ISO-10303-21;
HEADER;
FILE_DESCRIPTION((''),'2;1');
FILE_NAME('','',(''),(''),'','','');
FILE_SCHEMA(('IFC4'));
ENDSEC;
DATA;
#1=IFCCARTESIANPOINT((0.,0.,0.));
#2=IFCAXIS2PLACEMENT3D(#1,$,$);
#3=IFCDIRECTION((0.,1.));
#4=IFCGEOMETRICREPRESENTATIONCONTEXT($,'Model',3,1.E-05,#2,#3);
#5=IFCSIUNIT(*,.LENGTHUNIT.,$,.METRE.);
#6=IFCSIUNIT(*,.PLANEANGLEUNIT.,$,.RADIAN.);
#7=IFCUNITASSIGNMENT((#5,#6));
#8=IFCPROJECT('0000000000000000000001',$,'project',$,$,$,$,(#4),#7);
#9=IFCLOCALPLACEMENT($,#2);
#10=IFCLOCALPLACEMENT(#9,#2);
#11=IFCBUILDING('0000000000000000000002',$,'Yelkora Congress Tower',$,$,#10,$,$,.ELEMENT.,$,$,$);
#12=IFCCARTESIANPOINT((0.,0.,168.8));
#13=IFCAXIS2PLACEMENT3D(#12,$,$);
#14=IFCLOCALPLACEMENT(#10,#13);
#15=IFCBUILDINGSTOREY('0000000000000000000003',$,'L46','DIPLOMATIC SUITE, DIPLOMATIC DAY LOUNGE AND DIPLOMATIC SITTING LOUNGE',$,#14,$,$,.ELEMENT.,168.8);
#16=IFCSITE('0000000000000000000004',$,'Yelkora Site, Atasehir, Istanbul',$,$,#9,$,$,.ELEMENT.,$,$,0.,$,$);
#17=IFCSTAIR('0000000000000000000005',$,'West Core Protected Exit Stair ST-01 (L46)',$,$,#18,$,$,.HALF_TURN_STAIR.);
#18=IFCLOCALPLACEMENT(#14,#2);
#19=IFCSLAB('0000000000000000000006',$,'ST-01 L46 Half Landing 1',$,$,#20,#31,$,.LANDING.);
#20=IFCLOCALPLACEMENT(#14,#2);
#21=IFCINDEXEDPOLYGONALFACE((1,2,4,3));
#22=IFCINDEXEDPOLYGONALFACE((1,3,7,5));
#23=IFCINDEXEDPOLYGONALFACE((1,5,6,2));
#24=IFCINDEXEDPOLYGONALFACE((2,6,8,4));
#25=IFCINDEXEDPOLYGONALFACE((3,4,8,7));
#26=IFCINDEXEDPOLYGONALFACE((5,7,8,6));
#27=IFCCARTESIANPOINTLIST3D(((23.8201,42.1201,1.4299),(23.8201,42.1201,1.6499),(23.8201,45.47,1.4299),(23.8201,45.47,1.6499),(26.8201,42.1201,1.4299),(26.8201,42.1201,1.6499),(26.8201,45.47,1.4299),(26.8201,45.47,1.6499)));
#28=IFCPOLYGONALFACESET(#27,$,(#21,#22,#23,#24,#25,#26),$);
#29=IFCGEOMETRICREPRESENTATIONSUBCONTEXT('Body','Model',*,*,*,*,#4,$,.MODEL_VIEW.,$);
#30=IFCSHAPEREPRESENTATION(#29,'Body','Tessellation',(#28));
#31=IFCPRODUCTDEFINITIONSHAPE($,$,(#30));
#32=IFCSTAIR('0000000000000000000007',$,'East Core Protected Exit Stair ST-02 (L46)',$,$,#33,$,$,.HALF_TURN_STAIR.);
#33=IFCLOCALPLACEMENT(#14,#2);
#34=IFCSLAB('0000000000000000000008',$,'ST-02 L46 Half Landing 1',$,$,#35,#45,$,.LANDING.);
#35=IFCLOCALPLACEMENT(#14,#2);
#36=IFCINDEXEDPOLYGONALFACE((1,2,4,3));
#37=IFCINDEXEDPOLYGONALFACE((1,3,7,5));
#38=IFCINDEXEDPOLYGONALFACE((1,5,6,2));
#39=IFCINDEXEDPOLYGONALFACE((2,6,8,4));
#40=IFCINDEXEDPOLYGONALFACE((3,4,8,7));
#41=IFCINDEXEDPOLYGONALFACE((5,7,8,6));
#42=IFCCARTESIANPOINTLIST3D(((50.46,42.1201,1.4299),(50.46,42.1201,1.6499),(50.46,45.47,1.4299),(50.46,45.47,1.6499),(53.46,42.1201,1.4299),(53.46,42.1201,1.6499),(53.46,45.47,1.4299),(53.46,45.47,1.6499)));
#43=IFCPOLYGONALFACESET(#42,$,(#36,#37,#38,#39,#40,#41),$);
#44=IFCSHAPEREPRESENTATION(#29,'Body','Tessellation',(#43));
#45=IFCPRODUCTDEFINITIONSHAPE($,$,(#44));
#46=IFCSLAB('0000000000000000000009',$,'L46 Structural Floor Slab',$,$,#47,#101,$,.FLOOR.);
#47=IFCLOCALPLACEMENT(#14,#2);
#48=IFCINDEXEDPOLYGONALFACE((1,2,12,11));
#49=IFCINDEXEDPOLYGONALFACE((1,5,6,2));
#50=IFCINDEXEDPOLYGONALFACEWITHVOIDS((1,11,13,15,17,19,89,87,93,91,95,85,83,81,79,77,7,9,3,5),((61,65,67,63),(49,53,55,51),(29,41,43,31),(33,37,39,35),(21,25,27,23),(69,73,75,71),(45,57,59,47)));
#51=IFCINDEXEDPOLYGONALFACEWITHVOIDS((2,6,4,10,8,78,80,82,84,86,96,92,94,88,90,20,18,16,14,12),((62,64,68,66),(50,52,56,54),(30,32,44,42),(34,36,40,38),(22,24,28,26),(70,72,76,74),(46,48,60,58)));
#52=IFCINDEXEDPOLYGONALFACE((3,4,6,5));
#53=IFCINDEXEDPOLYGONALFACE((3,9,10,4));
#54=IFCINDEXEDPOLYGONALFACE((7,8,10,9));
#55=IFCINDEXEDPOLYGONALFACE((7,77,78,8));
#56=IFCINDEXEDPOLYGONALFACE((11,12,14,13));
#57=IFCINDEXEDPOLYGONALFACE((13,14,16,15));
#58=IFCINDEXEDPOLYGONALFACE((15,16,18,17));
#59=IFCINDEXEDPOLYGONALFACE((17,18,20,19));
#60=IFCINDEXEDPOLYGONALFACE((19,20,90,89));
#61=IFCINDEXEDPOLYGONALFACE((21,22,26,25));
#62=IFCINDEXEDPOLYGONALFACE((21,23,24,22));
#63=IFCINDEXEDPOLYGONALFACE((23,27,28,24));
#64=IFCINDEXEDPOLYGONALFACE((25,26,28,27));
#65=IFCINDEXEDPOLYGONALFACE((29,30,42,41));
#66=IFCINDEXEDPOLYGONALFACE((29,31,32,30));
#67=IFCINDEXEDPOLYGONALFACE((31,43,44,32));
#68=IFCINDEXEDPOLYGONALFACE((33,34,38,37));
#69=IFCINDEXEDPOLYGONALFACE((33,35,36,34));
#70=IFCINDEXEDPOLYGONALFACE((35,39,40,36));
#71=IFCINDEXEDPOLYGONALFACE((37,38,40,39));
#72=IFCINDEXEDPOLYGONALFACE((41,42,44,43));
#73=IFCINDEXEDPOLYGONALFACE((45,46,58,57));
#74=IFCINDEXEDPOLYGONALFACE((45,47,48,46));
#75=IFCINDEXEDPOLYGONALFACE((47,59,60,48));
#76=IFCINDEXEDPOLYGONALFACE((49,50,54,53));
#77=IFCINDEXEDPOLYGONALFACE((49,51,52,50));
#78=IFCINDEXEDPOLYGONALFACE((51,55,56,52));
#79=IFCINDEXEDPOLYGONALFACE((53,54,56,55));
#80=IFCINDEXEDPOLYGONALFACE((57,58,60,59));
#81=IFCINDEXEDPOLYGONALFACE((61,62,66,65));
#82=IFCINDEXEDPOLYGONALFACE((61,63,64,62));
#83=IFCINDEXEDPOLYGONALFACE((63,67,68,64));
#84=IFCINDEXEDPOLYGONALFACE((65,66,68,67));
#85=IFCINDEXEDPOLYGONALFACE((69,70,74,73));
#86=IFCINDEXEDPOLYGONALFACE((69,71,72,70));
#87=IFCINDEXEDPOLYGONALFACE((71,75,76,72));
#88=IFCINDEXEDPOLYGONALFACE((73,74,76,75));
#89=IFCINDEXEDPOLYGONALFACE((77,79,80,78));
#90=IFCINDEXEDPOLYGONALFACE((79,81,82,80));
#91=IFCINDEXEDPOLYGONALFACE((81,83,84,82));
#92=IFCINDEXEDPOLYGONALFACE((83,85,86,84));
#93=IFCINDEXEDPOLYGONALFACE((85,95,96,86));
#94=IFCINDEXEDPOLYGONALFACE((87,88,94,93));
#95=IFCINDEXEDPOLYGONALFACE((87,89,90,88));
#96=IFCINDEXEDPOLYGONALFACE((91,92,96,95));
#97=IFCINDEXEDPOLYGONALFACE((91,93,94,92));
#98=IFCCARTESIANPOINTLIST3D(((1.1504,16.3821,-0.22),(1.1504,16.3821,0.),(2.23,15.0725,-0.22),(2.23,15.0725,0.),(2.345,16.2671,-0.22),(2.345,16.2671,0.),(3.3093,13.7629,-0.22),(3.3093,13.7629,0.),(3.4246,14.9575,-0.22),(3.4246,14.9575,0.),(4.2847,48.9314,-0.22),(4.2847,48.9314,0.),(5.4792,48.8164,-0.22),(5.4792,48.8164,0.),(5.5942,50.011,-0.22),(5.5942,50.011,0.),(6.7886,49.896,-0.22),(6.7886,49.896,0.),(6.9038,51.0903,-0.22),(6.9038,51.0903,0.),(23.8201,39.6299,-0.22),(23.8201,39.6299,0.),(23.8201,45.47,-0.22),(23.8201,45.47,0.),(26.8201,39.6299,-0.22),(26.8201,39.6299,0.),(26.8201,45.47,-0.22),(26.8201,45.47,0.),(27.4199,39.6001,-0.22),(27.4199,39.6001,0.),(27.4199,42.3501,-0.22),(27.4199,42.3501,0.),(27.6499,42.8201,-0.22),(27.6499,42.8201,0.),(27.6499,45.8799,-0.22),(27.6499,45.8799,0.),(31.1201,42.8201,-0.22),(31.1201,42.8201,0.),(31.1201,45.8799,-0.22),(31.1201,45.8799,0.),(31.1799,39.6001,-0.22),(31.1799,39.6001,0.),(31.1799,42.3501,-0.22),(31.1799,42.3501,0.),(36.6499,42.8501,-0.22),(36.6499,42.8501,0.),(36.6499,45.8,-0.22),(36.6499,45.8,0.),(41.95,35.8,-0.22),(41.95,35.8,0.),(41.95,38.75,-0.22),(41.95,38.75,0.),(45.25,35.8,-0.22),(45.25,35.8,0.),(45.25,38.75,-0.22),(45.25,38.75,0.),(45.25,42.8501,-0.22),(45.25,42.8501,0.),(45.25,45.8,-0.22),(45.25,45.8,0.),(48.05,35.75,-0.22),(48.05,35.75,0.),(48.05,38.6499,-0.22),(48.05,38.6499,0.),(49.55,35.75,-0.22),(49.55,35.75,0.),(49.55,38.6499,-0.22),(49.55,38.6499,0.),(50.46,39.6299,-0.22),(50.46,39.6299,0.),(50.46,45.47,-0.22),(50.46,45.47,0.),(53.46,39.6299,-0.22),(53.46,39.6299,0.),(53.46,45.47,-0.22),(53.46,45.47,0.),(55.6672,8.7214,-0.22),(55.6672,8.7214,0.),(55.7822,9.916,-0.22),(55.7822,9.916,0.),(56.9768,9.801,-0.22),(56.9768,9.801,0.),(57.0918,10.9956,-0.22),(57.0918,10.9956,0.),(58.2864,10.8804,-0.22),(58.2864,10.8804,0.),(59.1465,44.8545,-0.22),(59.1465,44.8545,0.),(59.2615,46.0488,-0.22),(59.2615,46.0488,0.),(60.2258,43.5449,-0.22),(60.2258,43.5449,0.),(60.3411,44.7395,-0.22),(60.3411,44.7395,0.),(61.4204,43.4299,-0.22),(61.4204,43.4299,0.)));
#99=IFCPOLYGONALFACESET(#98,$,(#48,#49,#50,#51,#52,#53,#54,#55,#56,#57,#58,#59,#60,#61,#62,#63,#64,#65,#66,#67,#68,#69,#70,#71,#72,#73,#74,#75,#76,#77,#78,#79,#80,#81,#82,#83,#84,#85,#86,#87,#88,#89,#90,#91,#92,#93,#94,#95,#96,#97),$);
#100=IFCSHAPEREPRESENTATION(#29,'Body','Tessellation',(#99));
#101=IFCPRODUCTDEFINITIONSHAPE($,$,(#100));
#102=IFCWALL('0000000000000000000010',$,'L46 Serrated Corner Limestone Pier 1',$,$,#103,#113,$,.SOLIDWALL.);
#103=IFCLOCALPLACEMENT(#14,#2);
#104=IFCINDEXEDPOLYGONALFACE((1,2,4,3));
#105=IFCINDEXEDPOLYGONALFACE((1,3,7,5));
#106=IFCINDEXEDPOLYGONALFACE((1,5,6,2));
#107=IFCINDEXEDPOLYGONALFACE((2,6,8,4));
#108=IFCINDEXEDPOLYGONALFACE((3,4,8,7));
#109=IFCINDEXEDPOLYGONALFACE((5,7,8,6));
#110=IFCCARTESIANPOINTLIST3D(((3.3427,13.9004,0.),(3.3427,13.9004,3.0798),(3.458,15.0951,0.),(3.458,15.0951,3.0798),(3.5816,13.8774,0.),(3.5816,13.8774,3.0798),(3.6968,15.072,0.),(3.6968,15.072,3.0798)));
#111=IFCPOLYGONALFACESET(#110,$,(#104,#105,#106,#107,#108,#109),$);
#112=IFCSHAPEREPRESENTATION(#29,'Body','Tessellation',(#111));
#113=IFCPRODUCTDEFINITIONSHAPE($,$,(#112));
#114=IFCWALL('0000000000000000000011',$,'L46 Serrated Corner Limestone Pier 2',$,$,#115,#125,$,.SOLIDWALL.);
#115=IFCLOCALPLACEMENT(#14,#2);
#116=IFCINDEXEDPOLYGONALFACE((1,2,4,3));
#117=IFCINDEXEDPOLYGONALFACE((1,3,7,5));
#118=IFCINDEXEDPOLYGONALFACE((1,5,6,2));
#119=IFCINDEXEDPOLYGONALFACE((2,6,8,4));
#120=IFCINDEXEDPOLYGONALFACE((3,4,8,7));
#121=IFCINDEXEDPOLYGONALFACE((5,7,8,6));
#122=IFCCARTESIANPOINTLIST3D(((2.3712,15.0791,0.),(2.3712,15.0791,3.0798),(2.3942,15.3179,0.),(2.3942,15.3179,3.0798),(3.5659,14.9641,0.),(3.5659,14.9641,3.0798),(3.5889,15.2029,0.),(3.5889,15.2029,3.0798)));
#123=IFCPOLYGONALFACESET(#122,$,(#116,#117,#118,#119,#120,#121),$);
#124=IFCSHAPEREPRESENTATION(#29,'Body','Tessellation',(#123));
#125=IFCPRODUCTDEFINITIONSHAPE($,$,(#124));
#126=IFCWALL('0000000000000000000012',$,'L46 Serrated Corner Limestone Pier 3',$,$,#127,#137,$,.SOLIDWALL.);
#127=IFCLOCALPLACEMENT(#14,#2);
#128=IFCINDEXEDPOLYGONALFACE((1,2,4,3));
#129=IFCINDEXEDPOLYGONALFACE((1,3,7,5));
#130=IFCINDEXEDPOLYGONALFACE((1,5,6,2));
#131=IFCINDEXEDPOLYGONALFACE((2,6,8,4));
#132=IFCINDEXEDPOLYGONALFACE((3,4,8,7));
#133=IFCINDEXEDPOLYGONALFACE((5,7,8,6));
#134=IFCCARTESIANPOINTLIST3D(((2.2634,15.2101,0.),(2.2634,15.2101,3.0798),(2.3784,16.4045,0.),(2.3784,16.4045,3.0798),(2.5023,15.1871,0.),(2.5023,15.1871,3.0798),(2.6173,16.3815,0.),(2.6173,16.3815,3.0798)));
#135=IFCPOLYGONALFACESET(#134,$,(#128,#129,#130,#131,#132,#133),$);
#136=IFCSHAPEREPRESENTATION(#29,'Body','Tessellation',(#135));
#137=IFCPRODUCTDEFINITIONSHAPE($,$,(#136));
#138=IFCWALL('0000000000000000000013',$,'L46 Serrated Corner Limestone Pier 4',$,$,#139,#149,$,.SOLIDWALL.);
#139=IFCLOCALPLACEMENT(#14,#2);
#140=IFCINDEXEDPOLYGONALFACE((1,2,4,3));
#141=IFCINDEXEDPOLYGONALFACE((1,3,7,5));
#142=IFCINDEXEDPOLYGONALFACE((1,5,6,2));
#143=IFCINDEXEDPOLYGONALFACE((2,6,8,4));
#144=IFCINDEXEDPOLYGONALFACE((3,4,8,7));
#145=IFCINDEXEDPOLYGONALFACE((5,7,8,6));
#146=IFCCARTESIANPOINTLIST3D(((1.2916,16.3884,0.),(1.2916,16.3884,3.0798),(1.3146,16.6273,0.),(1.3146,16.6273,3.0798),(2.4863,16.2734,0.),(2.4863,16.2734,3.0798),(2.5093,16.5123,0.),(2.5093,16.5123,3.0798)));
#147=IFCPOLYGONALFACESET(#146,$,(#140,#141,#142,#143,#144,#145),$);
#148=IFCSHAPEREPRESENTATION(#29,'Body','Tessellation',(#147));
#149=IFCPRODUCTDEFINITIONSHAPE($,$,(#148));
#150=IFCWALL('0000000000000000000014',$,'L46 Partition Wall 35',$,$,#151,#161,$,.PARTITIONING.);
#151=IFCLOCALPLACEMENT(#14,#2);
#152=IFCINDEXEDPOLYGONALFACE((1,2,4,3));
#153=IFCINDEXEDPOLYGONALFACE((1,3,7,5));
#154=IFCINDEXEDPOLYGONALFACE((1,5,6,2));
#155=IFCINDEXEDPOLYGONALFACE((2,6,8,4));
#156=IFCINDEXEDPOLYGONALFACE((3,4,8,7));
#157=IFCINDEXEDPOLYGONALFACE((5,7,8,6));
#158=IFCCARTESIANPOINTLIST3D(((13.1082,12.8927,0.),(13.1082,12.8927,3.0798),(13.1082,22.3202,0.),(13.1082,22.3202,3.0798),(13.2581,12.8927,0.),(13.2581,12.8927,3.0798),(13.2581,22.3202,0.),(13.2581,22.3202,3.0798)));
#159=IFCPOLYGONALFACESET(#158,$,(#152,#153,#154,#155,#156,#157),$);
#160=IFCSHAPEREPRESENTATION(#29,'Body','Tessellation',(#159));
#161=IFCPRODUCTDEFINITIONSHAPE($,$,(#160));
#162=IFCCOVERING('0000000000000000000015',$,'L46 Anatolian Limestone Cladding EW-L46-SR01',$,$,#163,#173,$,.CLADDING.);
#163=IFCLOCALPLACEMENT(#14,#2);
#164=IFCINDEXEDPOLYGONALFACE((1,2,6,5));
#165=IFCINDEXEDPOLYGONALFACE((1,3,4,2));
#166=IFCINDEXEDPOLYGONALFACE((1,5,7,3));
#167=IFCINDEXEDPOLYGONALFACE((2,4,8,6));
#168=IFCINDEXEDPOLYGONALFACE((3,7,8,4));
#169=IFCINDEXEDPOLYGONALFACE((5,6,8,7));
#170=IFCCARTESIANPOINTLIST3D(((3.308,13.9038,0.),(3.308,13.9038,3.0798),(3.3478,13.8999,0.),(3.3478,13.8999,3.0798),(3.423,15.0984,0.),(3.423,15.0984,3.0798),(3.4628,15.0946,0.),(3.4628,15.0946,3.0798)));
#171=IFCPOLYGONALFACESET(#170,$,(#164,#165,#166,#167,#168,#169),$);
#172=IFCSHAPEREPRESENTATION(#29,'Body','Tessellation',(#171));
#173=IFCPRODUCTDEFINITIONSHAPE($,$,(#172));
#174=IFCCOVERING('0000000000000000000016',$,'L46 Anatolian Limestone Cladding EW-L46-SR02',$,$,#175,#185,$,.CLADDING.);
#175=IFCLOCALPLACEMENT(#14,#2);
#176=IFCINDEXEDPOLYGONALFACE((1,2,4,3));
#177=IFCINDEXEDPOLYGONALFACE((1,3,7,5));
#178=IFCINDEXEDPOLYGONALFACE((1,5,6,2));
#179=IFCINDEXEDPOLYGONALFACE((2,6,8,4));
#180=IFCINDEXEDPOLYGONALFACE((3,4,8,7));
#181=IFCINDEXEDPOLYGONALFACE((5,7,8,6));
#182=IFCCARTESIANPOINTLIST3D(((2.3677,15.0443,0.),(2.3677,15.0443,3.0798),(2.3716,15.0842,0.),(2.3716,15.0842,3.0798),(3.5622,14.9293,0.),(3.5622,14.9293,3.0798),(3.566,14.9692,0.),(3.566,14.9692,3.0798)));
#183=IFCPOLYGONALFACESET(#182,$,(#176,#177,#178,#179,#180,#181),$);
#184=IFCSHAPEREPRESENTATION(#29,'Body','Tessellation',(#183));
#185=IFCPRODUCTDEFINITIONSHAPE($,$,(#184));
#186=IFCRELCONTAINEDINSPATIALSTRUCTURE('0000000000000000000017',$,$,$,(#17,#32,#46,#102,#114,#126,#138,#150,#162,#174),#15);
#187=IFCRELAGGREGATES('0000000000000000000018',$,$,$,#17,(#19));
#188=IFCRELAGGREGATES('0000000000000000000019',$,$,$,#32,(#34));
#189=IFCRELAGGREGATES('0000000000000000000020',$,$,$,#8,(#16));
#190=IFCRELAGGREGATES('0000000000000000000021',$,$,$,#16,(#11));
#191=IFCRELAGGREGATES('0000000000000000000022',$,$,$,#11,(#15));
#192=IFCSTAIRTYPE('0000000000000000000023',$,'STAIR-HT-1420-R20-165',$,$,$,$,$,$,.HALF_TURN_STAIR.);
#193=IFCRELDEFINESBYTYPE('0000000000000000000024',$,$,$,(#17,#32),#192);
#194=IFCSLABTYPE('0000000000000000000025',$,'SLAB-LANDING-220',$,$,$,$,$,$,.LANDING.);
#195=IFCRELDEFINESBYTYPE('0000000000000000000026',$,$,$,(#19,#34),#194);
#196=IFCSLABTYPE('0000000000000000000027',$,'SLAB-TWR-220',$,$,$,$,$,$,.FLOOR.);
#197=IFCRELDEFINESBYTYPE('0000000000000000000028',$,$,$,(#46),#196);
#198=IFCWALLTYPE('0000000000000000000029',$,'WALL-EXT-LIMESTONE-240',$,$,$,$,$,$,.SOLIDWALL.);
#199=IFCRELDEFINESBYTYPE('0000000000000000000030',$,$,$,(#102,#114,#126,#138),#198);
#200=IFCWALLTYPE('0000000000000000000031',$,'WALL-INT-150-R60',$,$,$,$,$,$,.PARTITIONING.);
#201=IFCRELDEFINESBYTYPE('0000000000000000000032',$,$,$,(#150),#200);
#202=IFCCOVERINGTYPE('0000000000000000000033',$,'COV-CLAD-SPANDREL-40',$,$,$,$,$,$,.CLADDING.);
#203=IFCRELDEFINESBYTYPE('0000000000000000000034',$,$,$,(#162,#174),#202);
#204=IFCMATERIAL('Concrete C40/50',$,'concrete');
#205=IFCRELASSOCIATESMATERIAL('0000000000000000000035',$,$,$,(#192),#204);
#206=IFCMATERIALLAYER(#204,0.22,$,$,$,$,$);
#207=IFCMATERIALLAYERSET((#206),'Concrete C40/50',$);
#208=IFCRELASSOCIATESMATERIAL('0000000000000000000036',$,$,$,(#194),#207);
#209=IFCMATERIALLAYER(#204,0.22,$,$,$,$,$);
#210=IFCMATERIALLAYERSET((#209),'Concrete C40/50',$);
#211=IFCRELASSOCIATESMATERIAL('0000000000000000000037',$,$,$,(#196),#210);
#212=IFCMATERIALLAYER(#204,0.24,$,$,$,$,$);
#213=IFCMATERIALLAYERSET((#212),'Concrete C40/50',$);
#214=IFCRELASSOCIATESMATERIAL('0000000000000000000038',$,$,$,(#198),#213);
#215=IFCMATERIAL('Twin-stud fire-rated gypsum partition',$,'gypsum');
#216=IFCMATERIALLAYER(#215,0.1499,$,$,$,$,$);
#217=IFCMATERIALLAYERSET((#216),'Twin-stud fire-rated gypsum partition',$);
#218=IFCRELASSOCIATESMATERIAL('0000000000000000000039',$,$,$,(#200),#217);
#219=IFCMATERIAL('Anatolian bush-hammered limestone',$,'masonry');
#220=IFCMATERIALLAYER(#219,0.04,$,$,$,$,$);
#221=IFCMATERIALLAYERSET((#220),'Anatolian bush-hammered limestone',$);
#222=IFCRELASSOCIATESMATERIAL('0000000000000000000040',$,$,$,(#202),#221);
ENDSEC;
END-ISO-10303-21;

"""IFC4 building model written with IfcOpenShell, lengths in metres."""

from ifc_helpers import new_model, si_unit, direction, frame, frame_2d, origin, place, context, subcontext, project, spatial, polyline, rectangle, outline, extrude, material, layer, layer_set, type_object, element, aggregate, save


model = new_model("IFC4")

# Units and contexts
model_context = context("Model", 3, precision=1e-05, world=origin(), true_north=direction((0.0, 1.0)))
body_context = subcontext(model_context, "Body", "Model", "MODEL_VIEW")
ifc_project = project(units=[si_unit("LENGTHUNIT", "METRE"), si_unit("PLANEANGLEUNIT", "RADIAN")], contexts=[model_context])

# Site, building, storey
site_placement = place(None, origin())
site = spatial("IfcSite", under=ifc_project, at=site_placement, Name="Yelkora Site, Atasehir, Istanbul", CompositionType="ELEMENT", RefElevation=0.0)
building_placement = place(site_placement, origin())
building = spatial("IfcBuilding", under=site, at=building_placement, Name="Yelkora Congress Tower", CompositionType="ELEMENT")
storey_placement = place(building_placement, frame((0.0, 0.0, 168.8)))
storey = spatial("IfcBuildingStorey", under=building, at=storey_placement, Name="L46", Description="DIPLOMATIC SUITE, DIPLOMATIC DAY LOUNGE AND DIPLOMATIC SITTING LOUNGE", CompositionType="ELEMENT", Elevation=168.8)

# Stairs, slabs
ifc_material_1 = material(Name="Concrete C40/50", Category="concrete")
stair_type = type_object("IfcStairType", Name="STAIR-HT-1420-R20-165", PredefinedType="HALF_TURN_STAIR", material=ifc_material_1)
stair_1_placement = place(storey_placement, origin())
stair_1 = element("IfcStair", 1, at=stair_1_placement, inside=storey, type_object=stair_type, Name="West Core Protected Exit Stair ST-01 (L46)", PredefinedType="HALF_TURN_STAIR")
ifc_layer_1 = layer(ifc_material_1, 0.22)
ifc_layer_set_1 = layer_set([ifc_layer_1], Name="Concrete C40/50")
slab_type_1 = type_object("IfcSlabType", Name="SLAB-LANDING-220", PredefinedType="LANDING", material=ifc_layer_set_1)
slab_1_placement = place(storey_placement, frame((0.0, 0.0, 1.4299)))
slab_1 = element("IfcSlab", 2, at=slab_1_placement, type_object=slab_type_1, Name="ST-01 L46 Half Landing 1", PredefinedType="LANDING", context=body_context, shape_type="SweptSolid", body=[
    extrude(outline(polyline([(26.8201, 42.1201), (26.8201, 45.47), (23.8201, 45.47), (23.8201, 42.1201), (26.8201, 42.1201)])), origin(), (0.0, 0.0, 1.0), 0.22),
])
aggregate(stair_1, [slab_1])
stair_2_placement = place(storey_placement, origin())
stair_2 = element("IfcStair", 3, at=stair_2_placement, inside=storey, type_object=stair_type, Name="East Core Protected Exit Stair ST-02 (L46)", PredefinedType="HALF_TURN_STAIR")
slab_2_placement = place(storey_placement, frame((0.0, 0.0, 1.4299)))
slab_2 = element("IfcSlab", 4, at=slab_2_placement, type_object=slab_type_1, Name="ST-02 L46 Half Landing 1", PredefinedType="LANDING", context=body_context, shape_type="SweptSolid", body=[
    extrude(outline(polyline([(53.46, 42.1201), (53.46, 45.47), (50.46, 45.47), (50.46, 42.1201), (53.46, 42.1201)])), origin(), (0.0, 0.0, 1.0), 0.22),
])
aggregate(stair_2, [slab_2])

# Slab
ifc_layer_2 = layer(ifc_material_1, 0.22)
ifc_layer_set_2 = layer_set([ifc_layer_2], Name="Concrete C40/50")
slab_type_2 = type_object("IfcSlabType", Name="SLAB-TWR-220", PredefinedType="FLOOR", material=ifc_layer_set_2)
slab_3_placement = place(storey_placement, frame((0.0, 0.0, -0.22)))
element("IfcSlab", 5, at=slab_3_placement, inside=storey, type_object=slab_type_2, Name="L46 Structural Floor Slab", PredefinedType="FLOOR", context=body_context, shape_type="SweptSolid", body=[
    extrude(outline(polyline([(3.3093, 13.7629), (55.6672, 8.7214), (55.7822, 9.916), (56.9768, 9.801), (57.0918, 10.9956), (58.2864, 10.8804), (61.4204, 43.4299), (60.2258, 43.5449), (60.3411, 44.7395), (59.1465, 44.8545), (59.2615, 46.0488), (6.9038, 51.0903), (6.7886, 49.896), (5.5942, 50.011), (5.4792, 48.8164), (4.2847, 48.9314), (1.1504, 16.3821), (2.345, 16.2671), (2.23, 15.0725), (3.4246, 14.9575), (3.3093, 13.7629)]), holes=[polyline([(23.8201, 39.6299), (26.8201, 39.6299), (26.8201, 45.47), (23.8201, 45.47), (23.8201, 39.6299)]), polyline([(50.46, 39.6299), (53.46, 39.6299), (53.46, 45.47), (50.46, 45.47), (50.46, 39.6299)]), polyline([(48.05, 35.75), (49.55, 35.75), (49.55, 38.6499), (48.05, 38.6499), (48.05, 35.75)]), polyline([(36.6499, 42.8501), (45.25, 42.8501), (45.25, 45.8), (36.6499, 45.8), (36.6499, 42.8501)]), polyline([(41.95, 35.8), (45.25, 35.8), (45.25, 38.75), (41.95, 38.75), (41.95, 35.8)]), polyline([(27.4199, 39.6001), (31.1799, 39.6001), (31.1799, 42.3501), (27.4199, 42.3501), (27.4199, 39.6001)]), polyline([(27.6499, 42.8201), (31.1201, 42.8201), (31.1201, 45.8799), (27.6499, 45.8799), (27.6499, 42.8201)])]), origin(), (0.0, 0.0, 1.0), 0.22),
])

# Walls
ifc_layer_3 = layer(ifc_material_1, 0.24)
ifc_layer_set_3 = layer_set([ifc_layer_3], Name="Concrete C40/50")
wall_type_1 = type_object("IfcWallType", Name="WALL-EXT-LIMESTONE-240", PredefinedType="SOLIDWALL", material=ifc_layer_set_3)
for number, where, z_axis, x_axis, name in (
    (6, (3.4622, 13.8889, 0.0), (0.0, 0.0, 1.0), (0.096019, 0.99538, 0.0), "L46 Serrated Corner Limestone Pier 1"),
    (7, (3.5774, 15.0835, 0.0), (0.0, 0.0, 1.0), (-0.995399, 0.095817, 0.0), "L46 Serrated Corner Limestone Pier 2"),
):
    element("IfcWall", number, at=place(storey_placement, frame(where, z_axis=z_axis, x_axis=x_axis)), inside=storey, type_object=wall_type_1, Name=name, PredefinedType="SOLIDWALL", context=body_context, shape_type="SweptSolid", body=[
        extrude(rectangle(XDim=1.2002, YDim=0.24, at=frame_2d((0.6001, 0.0))), origin(), (0.0, 0.0, 1.0), 3.0798),
    ])
wall_1_placement = place(storey_placement, frame((2.3828, 15.1985, 0.0), z_axis=(0.0, 0.0, 1.0), x_axis=(0.095836, 0.995397, 0.0)))
element("IfcWall", 8, at=wall_1_placement, inside=storey, type_object=wall_type_1, Name="L46 Serrated Corner Limestone Pier 3", PredefinedType="SOLIDWALL", context=body_context, shape_type="SweptSolid", body=[
    extrude(rectangle(XDim=1.2, YDim=0.24, at=frame_2d((0.6001, 0.0))), origin(), (0.0, 0.0, 1.0), 3.0798),
])
wall_2_placement = place(storey_placement, frame((2.4978, 16.3928, 0.0), z_axis=(0.0, 0.0, 1.0), x_axis=(-0.995399, 0.095817, 0.0)))
element("IfcWall", 9, at=wall_2_placement, inside=storey, type_object=wall_type_1, Name="L46 Serrated Corner Limestone Pier 4", PredefinedType="SOLIDWALL", context=body_context, shape_type="SweptSolid", body=[
    extrude(rectangle(XDim=1.2002, YDim=0.24, at=frame_2d((0.6001, 0.0))), origin(), (0.0, 0.0, 1.0), 3.0798),
])
ifc_material_2 = material(Name="Twin-stud fire-rated gypsum partition", Category="gypsum")
ifc_layer_4 = layer(ifc_material_2, 0.1499)
ifc_layer_set_4 = layer_set([ifc_layer_4], Name="Twin-stud fire-rated gypsum partition")
wall_type_2 = type_object("IfcWallType", Name="WALL-INT-150-R60", PredefinedType="PARTITIONING", material=ifc_layer_set_4)
wall_3_placement = place(storey_placement, frame((13.1831, 12.8926, 0.0), z_axis=(0.0, 0.0, 1.0), x_axis=(0.0, 1.0, 0.0)))
element("IfcWall", 10, at=wall_3_placement, inside=storey, type_object=wall_type_2, Name="L46 Partition Wall 35", PredefinedType="PARTITIONING", context=body_context, shape_type="SweptSolid", body=[
    extrude(rectangle(XDim=9.4275, YDim=0.1499, at=frame_2d((4.7139, 0.0))), origin(), (0.0, 0.0, 1.0), 3.0798),
])

# Coverings
ifc_material_3 = material(Name="Anatolian bush-hammered limestone", Category="masonry")
ifc_layer_5 = layer(ifc_material_3, 0.04)
ifc_layer_set_5 = layer_set([ifc_layer_5], Name="Anatolian bush-hammered limestone")
covering_type = type_object("IfcCoveringType", Name="COV-CLAD-SPANDREL-40", PredefinedType="CLADDING", material=ifc_layer_set_5)
covering_1_placement = place(storey_placement, frame((3.3279, 13.9019, 0.0), z_axis=(0.0, 0.0, 1.0), x_axis=(0.095817, 0.995399, 0.0)))
element("IfcCovering", 11, at=covering_1_placement, inside=storey, type_object=covering_type, Name="L46 Anatolian Limestone Cladding EW-L46-SR01", PredefinedType="CLADDING", context=body_context, shape_type="SweptSolid", body=[
    extrude(rectangle(XDim=1.2002, YDim=0.04, at=frame_2d((0.6001, 0.0))), origin(), (0.0, 0.0, 1.0), 3.0798),
])
covering_2_placement = place(storey_placement, frame((3.5642, 14.9492, 0.0), z_axis=(0.0, 0.0, 1.0), x_axis=(-0.995397, 0.095836, 0.0)))
element("IfcCovering", 12, at=covering_2_placement, inside=storey, type_object=covering_type, Name="L46 Anatolian Limestone Cladding EW-L46-SR02", PredefinedType="CLADDING", context=body_context, shape_type="SweptSolid", body=[
    extrude(rectangle(XDim=1.2, YDim=0.04, at=frame_2d((0.6001, 0.0))), origin(), (0.0, 0.0, 1.0), 3.0798),
])

save(model, "model.ifc")
